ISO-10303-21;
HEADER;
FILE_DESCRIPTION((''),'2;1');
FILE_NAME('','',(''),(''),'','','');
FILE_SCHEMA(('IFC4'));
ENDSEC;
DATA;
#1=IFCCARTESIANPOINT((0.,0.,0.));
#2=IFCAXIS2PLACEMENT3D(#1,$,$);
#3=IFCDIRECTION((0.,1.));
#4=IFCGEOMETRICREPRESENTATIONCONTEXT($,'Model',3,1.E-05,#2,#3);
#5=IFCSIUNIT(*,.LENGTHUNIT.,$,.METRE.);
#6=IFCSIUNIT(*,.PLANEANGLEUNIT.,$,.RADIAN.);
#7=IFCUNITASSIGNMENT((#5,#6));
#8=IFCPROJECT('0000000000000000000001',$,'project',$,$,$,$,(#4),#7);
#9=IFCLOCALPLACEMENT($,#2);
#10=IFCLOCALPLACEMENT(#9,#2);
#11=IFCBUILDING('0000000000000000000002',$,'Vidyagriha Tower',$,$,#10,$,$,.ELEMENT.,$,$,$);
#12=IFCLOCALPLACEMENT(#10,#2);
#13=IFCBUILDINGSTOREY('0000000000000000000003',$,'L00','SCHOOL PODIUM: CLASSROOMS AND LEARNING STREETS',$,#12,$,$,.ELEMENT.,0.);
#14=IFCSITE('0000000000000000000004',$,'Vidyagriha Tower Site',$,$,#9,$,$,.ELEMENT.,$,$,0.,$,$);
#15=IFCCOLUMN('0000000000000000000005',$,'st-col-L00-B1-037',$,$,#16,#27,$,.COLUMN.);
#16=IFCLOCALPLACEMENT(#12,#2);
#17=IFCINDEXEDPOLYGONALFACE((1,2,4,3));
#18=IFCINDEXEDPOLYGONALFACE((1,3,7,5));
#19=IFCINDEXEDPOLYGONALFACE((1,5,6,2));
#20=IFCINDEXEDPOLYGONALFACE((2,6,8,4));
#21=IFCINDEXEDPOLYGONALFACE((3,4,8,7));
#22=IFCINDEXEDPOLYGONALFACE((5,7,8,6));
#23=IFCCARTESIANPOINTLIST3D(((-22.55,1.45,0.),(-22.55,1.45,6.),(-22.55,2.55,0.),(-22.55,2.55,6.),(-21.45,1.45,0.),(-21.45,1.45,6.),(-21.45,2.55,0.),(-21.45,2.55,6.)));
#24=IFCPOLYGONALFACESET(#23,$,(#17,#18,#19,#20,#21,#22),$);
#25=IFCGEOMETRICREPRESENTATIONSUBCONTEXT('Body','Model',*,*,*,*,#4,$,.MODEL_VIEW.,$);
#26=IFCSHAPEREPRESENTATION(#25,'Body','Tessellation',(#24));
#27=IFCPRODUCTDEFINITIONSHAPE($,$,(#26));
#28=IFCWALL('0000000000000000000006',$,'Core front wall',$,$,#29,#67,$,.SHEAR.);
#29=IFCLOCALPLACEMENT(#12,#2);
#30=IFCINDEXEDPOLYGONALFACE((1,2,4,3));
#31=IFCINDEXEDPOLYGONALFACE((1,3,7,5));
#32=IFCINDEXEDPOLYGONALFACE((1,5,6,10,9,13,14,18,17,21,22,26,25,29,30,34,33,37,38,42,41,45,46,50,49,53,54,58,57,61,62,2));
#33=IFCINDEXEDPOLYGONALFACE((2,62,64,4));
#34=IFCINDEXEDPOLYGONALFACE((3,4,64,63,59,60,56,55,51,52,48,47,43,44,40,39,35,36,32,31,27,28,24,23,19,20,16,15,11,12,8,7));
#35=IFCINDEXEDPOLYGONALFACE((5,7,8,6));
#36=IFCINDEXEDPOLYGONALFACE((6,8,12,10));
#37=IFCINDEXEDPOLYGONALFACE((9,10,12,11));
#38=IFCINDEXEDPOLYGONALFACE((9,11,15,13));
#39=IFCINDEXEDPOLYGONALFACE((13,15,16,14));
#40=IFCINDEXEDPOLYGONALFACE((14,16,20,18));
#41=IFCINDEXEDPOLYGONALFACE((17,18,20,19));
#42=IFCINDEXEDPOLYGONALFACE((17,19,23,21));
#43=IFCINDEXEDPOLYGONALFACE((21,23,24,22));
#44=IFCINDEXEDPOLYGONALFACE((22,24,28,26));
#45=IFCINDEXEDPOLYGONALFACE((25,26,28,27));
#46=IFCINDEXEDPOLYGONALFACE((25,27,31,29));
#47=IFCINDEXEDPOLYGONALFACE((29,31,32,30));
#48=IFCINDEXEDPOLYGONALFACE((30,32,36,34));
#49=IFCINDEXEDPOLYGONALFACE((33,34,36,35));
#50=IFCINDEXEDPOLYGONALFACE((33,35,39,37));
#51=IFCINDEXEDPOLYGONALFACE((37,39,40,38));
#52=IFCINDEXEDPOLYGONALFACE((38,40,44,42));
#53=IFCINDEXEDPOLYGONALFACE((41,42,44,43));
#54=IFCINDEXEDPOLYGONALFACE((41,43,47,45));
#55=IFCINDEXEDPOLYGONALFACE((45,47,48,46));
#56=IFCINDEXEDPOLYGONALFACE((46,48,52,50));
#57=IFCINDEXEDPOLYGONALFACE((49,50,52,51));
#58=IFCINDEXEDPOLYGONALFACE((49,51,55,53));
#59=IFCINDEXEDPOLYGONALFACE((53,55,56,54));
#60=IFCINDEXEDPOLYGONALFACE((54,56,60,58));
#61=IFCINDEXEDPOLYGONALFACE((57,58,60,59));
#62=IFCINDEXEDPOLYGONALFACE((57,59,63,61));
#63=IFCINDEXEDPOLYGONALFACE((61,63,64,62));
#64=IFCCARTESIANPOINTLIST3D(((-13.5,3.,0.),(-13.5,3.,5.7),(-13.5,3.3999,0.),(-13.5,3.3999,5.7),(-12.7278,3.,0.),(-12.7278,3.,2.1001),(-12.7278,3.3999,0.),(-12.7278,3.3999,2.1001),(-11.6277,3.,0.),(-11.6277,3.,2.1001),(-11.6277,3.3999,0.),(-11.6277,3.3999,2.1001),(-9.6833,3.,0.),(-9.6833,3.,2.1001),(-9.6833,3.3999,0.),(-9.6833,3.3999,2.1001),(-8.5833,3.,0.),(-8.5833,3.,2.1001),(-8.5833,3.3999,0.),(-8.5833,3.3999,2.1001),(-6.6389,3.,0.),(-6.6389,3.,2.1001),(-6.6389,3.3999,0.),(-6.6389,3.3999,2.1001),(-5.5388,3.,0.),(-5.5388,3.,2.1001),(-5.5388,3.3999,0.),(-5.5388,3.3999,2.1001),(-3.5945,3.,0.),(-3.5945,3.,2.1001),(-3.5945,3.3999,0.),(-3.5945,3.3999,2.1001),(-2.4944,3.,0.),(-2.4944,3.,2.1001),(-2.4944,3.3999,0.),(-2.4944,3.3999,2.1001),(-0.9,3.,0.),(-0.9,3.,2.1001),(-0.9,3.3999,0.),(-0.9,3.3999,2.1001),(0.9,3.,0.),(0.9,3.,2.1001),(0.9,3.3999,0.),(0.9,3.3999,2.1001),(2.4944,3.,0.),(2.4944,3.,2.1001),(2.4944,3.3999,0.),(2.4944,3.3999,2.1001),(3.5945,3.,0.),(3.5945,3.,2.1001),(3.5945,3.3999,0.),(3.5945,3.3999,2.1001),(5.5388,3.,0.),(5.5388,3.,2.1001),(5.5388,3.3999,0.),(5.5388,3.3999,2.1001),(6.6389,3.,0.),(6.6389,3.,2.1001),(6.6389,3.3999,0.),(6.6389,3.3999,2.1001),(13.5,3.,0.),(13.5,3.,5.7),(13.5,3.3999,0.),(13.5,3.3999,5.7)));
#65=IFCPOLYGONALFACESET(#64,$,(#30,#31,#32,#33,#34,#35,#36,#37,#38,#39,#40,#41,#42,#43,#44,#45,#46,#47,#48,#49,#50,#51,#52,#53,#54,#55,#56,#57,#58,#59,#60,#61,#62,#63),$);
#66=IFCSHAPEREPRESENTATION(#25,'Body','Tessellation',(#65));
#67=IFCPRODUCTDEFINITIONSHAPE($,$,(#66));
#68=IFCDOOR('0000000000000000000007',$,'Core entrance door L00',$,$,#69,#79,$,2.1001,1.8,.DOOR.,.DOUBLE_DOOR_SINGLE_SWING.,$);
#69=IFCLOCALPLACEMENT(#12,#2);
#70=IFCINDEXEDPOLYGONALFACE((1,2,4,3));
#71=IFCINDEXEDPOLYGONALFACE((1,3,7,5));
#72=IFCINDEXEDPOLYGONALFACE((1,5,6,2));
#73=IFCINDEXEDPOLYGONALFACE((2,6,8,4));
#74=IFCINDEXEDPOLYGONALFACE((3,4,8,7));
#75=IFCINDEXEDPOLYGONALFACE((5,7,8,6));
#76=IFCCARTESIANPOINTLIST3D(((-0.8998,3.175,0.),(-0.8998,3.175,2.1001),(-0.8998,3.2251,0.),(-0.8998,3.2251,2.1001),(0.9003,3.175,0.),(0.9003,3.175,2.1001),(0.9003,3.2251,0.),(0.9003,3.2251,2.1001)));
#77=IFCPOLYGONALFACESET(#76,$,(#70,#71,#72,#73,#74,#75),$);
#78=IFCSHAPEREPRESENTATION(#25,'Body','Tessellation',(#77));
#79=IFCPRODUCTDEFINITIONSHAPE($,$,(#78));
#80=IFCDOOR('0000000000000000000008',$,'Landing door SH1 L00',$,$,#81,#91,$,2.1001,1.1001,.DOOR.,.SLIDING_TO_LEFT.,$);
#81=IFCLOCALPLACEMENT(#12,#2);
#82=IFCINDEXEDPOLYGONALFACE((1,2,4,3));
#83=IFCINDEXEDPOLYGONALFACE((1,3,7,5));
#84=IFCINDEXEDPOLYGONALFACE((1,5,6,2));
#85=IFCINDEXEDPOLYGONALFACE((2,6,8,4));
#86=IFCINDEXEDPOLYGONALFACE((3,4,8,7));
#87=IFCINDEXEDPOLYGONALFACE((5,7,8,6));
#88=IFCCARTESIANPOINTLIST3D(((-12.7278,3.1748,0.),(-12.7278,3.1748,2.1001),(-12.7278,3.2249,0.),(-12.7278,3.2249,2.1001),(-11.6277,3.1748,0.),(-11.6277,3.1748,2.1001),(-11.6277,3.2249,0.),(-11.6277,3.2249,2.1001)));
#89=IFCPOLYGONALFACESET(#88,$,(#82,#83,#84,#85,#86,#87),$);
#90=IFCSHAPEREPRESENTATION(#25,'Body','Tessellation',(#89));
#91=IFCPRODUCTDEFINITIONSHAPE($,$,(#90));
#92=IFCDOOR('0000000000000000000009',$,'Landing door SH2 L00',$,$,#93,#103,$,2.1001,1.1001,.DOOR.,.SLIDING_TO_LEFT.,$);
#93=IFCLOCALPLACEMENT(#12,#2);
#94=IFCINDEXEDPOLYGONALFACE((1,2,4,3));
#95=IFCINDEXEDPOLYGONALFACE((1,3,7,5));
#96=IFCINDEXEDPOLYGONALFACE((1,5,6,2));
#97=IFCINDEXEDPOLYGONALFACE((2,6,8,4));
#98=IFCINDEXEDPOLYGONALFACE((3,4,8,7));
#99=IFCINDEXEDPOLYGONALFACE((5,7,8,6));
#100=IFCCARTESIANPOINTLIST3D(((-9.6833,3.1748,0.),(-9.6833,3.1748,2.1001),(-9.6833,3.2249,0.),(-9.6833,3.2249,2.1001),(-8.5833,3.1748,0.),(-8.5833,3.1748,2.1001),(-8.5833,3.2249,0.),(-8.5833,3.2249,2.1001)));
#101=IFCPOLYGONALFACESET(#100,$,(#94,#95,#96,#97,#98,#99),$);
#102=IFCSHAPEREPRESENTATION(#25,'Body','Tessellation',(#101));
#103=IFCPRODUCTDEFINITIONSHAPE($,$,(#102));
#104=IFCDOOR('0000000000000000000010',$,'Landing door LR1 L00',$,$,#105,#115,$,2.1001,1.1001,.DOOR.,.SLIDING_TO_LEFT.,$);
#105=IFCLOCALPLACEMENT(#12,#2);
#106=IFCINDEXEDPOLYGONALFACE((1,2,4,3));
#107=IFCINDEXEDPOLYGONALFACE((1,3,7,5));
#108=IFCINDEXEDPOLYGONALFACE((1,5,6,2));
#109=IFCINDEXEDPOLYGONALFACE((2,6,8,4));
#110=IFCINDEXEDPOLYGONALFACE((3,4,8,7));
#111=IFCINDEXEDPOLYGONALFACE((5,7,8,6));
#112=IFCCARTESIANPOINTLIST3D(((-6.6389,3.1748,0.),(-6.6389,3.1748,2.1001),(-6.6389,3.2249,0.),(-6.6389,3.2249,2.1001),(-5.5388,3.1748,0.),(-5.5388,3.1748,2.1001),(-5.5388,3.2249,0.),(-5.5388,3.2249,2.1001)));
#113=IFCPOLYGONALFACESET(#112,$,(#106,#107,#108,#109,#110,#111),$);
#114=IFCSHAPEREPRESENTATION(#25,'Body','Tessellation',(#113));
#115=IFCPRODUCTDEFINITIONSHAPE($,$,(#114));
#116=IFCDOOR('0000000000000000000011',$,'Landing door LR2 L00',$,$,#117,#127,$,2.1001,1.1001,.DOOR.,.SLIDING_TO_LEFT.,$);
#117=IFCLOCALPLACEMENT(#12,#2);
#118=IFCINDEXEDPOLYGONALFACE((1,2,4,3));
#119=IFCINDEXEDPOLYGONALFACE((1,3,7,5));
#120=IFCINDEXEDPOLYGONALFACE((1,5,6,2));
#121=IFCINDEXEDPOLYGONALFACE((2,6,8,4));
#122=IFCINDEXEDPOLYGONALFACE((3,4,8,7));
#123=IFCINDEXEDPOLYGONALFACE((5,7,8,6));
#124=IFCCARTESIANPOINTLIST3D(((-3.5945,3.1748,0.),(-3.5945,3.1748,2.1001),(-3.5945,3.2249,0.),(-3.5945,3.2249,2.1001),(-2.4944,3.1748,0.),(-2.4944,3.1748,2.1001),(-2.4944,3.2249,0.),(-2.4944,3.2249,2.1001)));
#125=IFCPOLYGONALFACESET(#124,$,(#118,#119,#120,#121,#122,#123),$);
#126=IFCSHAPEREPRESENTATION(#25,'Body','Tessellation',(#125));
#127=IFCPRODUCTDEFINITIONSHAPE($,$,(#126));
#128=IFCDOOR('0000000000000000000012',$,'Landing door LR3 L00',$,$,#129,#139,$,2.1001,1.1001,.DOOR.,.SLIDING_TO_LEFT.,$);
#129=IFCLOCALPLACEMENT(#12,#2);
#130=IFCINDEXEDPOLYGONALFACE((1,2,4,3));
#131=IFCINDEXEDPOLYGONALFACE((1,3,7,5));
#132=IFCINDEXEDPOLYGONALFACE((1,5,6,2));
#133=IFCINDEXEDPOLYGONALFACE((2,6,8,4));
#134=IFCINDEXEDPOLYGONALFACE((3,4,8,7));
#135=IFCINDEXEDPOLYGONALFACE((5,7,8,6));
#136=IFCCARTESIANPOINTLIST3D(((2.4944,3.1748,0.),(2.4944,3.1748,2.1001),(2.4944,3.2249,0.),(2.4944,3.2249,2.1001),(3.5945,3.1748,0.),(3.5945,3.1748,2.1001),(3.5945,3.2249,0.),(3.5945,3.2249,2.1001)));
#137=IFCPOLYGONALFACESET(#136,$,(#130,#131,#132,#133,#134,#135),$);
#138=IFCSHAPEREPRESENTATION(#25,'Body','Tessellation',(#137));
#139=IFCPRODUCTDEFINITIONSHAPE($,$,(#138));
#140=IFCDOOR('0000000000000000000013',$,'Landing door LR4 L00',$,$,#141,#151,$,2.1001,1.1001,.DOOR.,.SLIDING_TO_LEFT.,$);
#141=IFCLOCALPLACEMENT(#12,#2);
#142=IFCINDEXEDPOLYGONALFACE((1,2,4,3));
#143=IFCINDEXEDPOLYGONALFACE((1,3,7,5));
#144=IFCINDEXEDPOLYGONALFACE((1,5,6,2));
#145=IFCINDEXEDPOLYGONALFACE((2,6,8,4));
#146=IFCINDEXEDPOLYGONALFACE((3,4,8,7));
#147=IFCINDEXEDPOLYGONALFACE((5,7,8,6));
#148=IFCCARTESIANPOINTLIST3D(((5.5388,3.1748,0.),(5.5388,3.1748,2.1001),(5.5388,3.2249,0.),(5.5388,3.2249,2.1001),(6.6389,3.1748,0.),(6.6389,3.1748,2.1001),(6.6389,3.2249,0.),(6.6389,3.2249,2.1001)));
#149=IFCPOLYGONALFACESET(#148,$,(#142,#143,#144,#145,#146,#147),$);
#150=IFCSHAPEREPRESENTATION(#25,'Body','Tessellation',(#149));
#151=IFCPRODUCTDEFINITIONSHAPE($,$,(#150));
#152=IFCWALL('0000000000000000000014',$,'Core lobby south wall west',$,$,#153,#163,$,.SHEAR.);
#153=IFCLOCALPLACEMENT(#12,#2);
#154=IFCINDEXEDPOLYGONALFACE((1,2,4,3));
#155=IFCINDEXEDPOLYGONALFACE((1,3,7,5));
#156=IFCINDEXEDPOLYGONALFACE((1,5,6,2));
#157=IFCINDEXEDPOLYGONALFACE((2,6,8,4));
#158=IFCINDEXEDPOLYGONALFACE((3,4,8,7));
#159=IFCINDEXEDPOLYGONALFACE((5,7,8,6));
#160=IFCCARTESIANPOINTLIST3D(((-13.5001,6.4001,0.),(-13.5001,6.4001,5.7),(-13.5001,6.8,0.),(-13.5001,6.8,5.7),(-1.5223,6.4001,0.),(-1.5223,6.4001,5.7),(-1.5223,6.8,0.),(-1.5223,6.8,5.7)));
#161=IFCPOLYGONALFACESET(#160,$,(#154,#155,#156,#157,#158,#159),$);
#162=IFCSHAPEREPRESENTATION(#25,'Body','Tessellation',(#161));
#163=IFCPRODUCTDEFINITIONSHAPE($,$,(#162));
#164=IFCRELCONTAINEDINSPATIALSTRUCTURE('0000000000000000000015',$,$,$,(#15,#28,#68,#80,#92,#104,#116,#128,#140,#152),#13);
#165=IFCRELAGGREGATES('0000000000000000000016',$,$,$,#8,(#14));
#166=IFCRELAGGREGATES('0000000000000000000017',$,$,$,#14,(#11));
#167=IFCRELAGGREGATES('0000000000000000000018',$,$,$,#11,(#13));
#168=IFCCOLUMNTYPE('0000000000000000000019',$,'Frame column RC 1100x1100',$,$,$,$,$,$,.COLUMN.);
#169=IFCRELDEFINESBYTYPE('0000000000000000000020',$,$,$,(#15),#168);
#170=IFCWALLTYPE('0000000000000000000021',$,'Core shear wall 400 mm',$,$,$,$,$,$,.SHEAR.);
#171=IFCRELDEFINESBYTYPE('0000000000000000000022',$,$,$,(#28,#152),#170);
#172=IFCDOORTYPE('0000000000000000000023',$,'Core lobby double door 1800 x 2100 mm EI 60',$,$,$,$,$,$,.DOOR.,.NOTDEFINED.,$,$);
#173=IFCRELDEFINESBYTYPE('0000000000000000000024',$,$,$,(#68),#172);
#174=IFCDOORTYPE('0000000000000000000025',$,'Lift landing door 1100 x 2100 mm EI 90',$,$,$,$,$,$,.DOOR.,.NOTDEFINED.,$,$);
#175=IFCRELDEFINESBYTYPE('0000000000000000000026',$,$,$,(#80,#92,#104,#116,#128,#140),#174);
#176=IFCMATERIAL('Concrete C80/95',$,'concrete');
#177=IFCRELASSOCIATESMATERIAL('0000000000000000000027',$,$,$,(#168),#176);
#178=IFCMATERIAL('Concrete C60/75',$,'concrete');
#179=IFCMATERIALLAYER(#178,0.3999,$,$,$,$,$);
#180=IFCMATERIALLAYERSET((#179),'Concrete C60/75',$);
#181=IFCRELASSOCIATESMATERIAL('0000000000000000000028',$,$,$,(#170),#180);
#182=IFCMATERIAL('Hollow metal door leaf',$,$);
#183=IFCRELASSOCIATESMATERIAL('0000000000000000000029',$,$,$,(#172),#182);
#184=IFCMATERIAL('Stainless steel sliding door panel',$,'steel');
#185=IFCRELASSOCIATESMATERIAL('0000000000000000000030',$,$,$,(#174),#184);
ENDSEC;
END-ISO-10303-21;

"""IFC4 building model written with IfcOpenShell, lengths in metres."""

from ifc_helpers import new_model, si_unit, direction, frame, frame_2d, origin, origin_2d, place, context, subcontext, project, spatial, rectangle, extrude, material, layer, layer_set, material_profile, profile_set, type_object, element, fill, save


model = new_model("IFC4")

# Units and contexts
model_context = context("Model", 3, precision=1e-05, world=origin(), true_north=direction((0.0, 1.0)))
body_context = subcontext(model_context, "Body", "Model", "MODEL_VIEW")
ifc_project = project(units=[si_unit("LENGTHUNIT", "METRE"), si_unit("PLANEANGLEUNIT", "RADIAN")], contexts=[model_context])

# Site, building, storey
site_placement = place(None, origin())
site = spatial("IfcSite", under=ifc_project, at=site_placement, Name="Vidyagriha Tower Site", CompositionType="ELEMENT", RefElevation=0.0)
building_placement = place(site_placement, origin())
building = spatial("IfcBuilding", under=site, at=building_placement, Name="Vidyagriha Tower", CompositionType="ELEMENT")
storey_placement = place(building_placement, origin())
storey = spatial("IfcBuildingStorey", under=building, at=storey_placement, Name="L00", Description="SCHOOL PODIUM: CLASSROOMS AND LEARNING STREETS", CompositionType="ELEMENT", Elevation=0.0)

# Column
ifc_material_1 = material(Name="Concrete C80/95", Category="concrete")
ifc_material_profile = material_profile(ifc_material_1, rectangle(XDim=1.1001, YDim=1.1001, at=origin_2d()), Name="RC 1100x1100")
ifc_profile_set = profile_set([ifc_material_profile], Name="Concrete C80/95")
column_type = type_object("IfcColumnType", Name="Frame column RC 1100x1100", PredefinedType="COLUMN", material=ifc_profile_set)
column_placement = place(storey_placement, frame((-22.0, 2.0, 0.0)))
element("IfcColumn", 1, at=column_placement, inside=storey, type_object=column_type, Name="st-col-L00-B1-037", PredefinedType="COLUMN", context=body_context, shape_type="SweptSolid", body=[
    extrude(rectangle(XDim=1.1001, YDim=1.1001, at=origin_2d()), origin(), (0.0, 0.0, 1.0), 6.0),
])

# Wall, openings, doors
ifc_material_2 = material(Name="Concrete C60/75", Category="concrete")
ifc_layer_1 = layer(ifc_material_2, 0.3999)
ifc_layer_set_1 = layer_set([ifc_layer_1], Name="Concrete C60/75")
wall_type_1 = type_object("IfcWallType", Name="Core shear wall 400 mm", PredefinedType="SHEAR", material=ifc_layer_set_1)
wall_1_placement = place(storey_placement, frame((-13.5, 3.2, 0.0)))
wall_1 = element("IfcWall", 2, at=wall_1_placement, inside=storey, type_object=wall_type_1, Name="Core front wall", PredefinedType="SHEAR", context=body_context, shape_type="SweptSolid", body=[
    extrude(rectangle(XDim=27.0, YDim=0.3999, at=frame_2d((13.5, 0.0))), origin(), (0.0, 0.0, 1.0), 5.7),
])
opening_1_placement = place(wall_1_placement, frame((0.7722, 0.0, 0.0)))
opening_1 = element("IfcOpeningElement", 3, at=opening_1_placement, cuts=wall_1, PredefinedType="OPENING", context=body_context, shape_type="SweptSolid", body=[
    extrude(rectangle(XDim=1.1001, YDim=2.1001, at=frame_2d((0.55, 1.05))), frame((0.0, 0.21, 0.0), z_axis=(0.0, -1.0, 0.0), x_axis=(1.0, 0.0, 0.0)), (0.0, 0.0, 1.0), 0.4199),
])
opening_2_placement = place(wall_1_placement, frame((3.8167, 0.0, 0.0)))
opening_2 = element("IfcOpeningElement", 4, at=opening_2_placement, cuts=wall_1, PredefinedType="OPENING", context=body_context, shape_type="SweptSolid", body=[
    extrude(rectangle(XDim=1.1001, YDim=2.1001, at=frame_2d((0.55, 1.05))), frame((0.0, 0.21, 0.0), z_axis=(0.0, -1.0, 0.0), x_axis=(1.0, 0.0, 0.0)), (0.0, 0.0, 1.0), 0.4199),
])
opening_3_placement = place(wall_1_placement, frame((6.8611, 0.0, 0.0)))
opening_3 = element("IfcOpeningElement", 5, at=opening_3_placement, cuts=wall_1, PredefinedType="OPENING", context=body_context, shape_type="SweptSolid", body=[
    extrude(rectangle(XDim=1.1001, YDim=2.1001, at=frame_2d((0.55, 1.05))), frame((0.0, 0.21, 0.0), z_axis=(0.0, -1.0, 0.0), x_axis=(1.0, 0.0, 0.0)), (0.0, 0.0, 1.0), 0.4199),
])
opening_4_placement = place(wall_1_placement, frame((9.9055, 0.0, 0.0)))
opening_4 = element("IfcOpeningElement", 6, at=opening_4_placement, cuts=wall_1, PredefinedType="OPENING", context=body_context, shape_type="SweptSolid", body=[
    extrude(rectangle(XDim=1.1001, YDim=2.1001, at=frame_2d((0.55, 1.05))), frame((0.0, 0.21, 0.0), z_axis=(0.0, -1.0, 0.0), x_axis=(1.0, 0.0, 0.0)), (0.0, 0.0, 1.0), 0.4199),
])
opening_5_placement = place(wall_1_placement, frame((15.9944, 0.0, 0.0)))
opening_5 = element("IfcOpeningElement", 7, at=opening_5_placement, cuts=wall_1, PredefinedType="OPENING", context=body_context, shape_type="SweptSolid", body=[
    extrude(rectangle(XDim=1.1001, YDim=2.1001, at=frame_2d((0.55, 1.05))), frame((0.0, 0.21, 0.0), z_axis=(0.0, -1.0, 0.0), x_axis=(1.0, 0.0, 0.0)), (0.0, 0.0, 1.0), 0.4199),
])
opening_6_placement = place(wall_1_placement, frame((19.0388, 0.0, 0.0)))
opening_6 = element("IfcOpeningElement", 8, at=opening_6_placement, cuts=wall_1, PredefinedType="OPENING", context=body_context, shape_type="SweptSolid", body=[
    extrude(rectangle(XDim=1.1001, YDim=2.1001, at=frame_2d((0.55, 1.05))), frame((0.0, 0.21, 0.0), z_axis=(0.0, -1.0, 0.0), x_axis=(1.0, 0.0, 0.0)), (0.0, 0.0, 1.0), 0.4199),
])
opening_7_placement = place(wall_1_placement, frame((12.6001, 0.0, 0.0)))
opening_7 = element("IfcOpeningElement", 9, at=opening_7_placement, cuts=wall_1, PredefinedType="OPENING", context=body_context, shape_type="SweptSolid", body=[
    extrude(rectangle(XDim=1.8, YDim=2.1001, at=frame_2d((0.8999, 1.05))), frame((0.0, 0.21, 0.0), z_axis=(0.0, -1.0, 0.0), x_axis=(1.0, 0.0, 0.0)), (0.0, 0.0, 1.0), 0.4199),
])
ifc_material_3 = material(Name="Hollow metal door leaf")
door_type_1 = type_object("IfcDoorType", Name="Core lobby double door 1800 x 2100 mm EI 60", OperationType="NOTDEFINED", PredefinedType="DOOR", material=ifc_material_3)
door_1_placement = place(opening_7_placement, frame((1.8, 0.0, 0.0), z_axis=(0.0, 0.0, 1.0), x_axis=(-1.0, 0.0, 0.0)))
door_1 = element("IfcDoor", 10, at=door_1_placement, inside=storey, type_object=door_type_1, Name="Core entrance door L00", OperationType="DOUBLE_DOOR_SINGLE_SWING", OverallHeight=2.1001, OverallWidth=1.8, PredefinedType="DOOR", context=body_context, shape_type="SweptSolid", body=[
    extrude(rectangle(XDim=1.8, YDim=2.1001, at=frame_2d((0.8999, 1.05))), frame((0.0, 0.0249, 0.0), z_axis=(0.0, -1.0, 0.0), x_axis=(1.0, 0.0, 0.0)), (0.0, 0.0, 1.0), 0.05),
])
fill(opening_7, door_1)
ifc_material_4 = material(Name="Stainless steel sliding door panel", Category="steel")
door_type_2 = type_object("IfcDoorType", Name="Lift landing door 1100 x 2100 mm EI 90", OperationType="NOTDEFINED", PredefinedType="DOOR", material=ifc_material_4)
door_2_placement = place(opening_1_placement, origin())
door_2 = element("IfcDoor", 11, at=door_2_placement, inside=storey, type_object=door_type_2, Name="Landing door SH1 L00", OperationType="SLIDING_TO_LEFT", OverallHeight=2.1001, OverallWidth=1.1001, PredefinedType="DOOR", context=body_context, shape_type="SweptSolid", body=[
    extrude(rectangle(XDim=1.1001, YDim=2.1001, at=frame_2d((0.55, 1.05))), frame((0.0, 0.0249, 0.0), z_axis=(0.0, -1.0, 0.0), x_axis=(1.0, 0.0, 0.0)), (0.0, 0.0, 1.0), 0.05),
])
fill(opening_1, door_2)
door_3_placement = place(opening_2_placement, origin())
door_3 = element("IfcDoor", 12, at=door_3_placement, inside=storey, type_object=door_type_2, Name="Landing door SH2 L00", OperationType="SLIDING_TO_LEFT", OverallHeight=2.1001, OverallWidth=1.1001, PredefinedType="DOOR", context=body_context, shape_type="SweptSolid", body=[
    extrude(rectangle(XDim=1.1001, YDim=2.1001, at=frame_2d((0.55, 1.05))), frame((0.0, 0.0249, 0.0), z_axis=(0.0, -1.0, 0.0), x_axis=(1.0, 0.0, 0.0)), (0.0, 0.0, 1.0), 0.05),
])
fill(opening_2, door_3)
door_4_placement = place(opening_3_placement, origin())
door_4 = element("IfcDoor", 13, at=door_4_placement, inside=storey, type_object=door_type_2, Name="Landing door LR1 L00", OperationType="SLIDING_TO_LEFT", OverallHeight=2.1001, OverallWidth=1.1001, PredefinedType="DOOR", context=body_context, shape_type="SweptSolid", body=[
    extrude(rectangle(XDim=1.1001, YDim=2.1001, at=frame_2d((0.55, 1.05))), frame((0.0, 0.0249, 0.0), z_axis=(0.0, -1.0, 0.0), x_axis=(1.0, 0.0, 0.0)), (0.0, 0.0, 1.0), 0.05),
])
fill(opening_3, door_4)
door_5_placement = place(opening_4_placement, origin())
door_5 = element("IfcDoor", 14, at=door_5_placement, inside=storey, type_object=door_type_2, Name="Landing door LR2 L00", OperationType="SLIDING_TO_LEFT", OverallHeight=2.1001, OverallWidth=1.1001, PredefinedType="DOOR", context=body_context, shape_type="SweptSolid", body=[
    extrude(rectangle(XDim=1.1001, YDim=2.1001, at=frame_2d((0.55, 1.05))), frame((0.0, 0.0249, 0.0), z_axis=(0.0, -1.0, 0.0), x_axis=(1.0, 0.0, 0.0)), (0.0, 0.0, 1.0), 0.05),
])
fill(opening_4, door_5)
door_6_placement = place(opening_5_placement, origin())
door_6 = element("IfcDoor", 15, at=door_6_placement, inside=storey, type_object=door_type_2, Name="Landing door LR3 L00", OperationType="SLIDING_TO_LEFT", OverallHeight=2.1001, OverallWidth=1.1001, PredefinedType="DOOR", context=body_context, shape_type="SweptSolid", body=[
    extrude(rectangle(XDim=1.1001, YDim=2.1001, at=frame_2d((0.55, 1.05))), frame((0.0, 0.0249, 0.0), z_axis=(0.0, -1.0, 0.0), x_axis=(1.0, 0.0, 0.0)), (0.0, 0.0, 1.0), 0.05),
])
fill(opening_5, door_6)
door_7_placement = place(opening_6_placement, origin())
door_7 = element("IfcDoor", 16, at=door_7_placement, inside=storey, type_object=door_type_2, Name="Landing door LR4 L00", OperationType="SLIDING_TO_LEFT", OverallHeight=2.1001, OverallWidth=1.1001, PredefinedType="DOOR", context=body_context, shape_type="SweptSolid", body=[
    extrude(rectangle(XDim=1.1001, YDim=2.1001, at=frame_2d((0.55, 1.05))), frame((0.0, 0.0249, 0.0), z_axis=(0.0, -1.0, 0.0), x_axis=(1.0, 0.0, 0.0)), (0.0, 0.0, 1.0), 0.05),
])
fill(opening_6, door_7)

# Wall
wall_2_placement = place(storey_placement, frame((-13.5, 6.6001, 0.0)))
element("IfcWall", 17, at=wall_2_placement, inside=storey, type_object=wall_type_1, Name="Core lobby south wall west", PredefinedType="SHEAR", context=body_context, shape_type="SweptSolid", body=[
    extrude(rectangle(XDim=11.9778, YDim=0.3999, at=frame_2d((5.9888, 0.0))), origin(), (0.0, 0.0, 1.0), 5.7),
])

save(model, "model.ifc")
